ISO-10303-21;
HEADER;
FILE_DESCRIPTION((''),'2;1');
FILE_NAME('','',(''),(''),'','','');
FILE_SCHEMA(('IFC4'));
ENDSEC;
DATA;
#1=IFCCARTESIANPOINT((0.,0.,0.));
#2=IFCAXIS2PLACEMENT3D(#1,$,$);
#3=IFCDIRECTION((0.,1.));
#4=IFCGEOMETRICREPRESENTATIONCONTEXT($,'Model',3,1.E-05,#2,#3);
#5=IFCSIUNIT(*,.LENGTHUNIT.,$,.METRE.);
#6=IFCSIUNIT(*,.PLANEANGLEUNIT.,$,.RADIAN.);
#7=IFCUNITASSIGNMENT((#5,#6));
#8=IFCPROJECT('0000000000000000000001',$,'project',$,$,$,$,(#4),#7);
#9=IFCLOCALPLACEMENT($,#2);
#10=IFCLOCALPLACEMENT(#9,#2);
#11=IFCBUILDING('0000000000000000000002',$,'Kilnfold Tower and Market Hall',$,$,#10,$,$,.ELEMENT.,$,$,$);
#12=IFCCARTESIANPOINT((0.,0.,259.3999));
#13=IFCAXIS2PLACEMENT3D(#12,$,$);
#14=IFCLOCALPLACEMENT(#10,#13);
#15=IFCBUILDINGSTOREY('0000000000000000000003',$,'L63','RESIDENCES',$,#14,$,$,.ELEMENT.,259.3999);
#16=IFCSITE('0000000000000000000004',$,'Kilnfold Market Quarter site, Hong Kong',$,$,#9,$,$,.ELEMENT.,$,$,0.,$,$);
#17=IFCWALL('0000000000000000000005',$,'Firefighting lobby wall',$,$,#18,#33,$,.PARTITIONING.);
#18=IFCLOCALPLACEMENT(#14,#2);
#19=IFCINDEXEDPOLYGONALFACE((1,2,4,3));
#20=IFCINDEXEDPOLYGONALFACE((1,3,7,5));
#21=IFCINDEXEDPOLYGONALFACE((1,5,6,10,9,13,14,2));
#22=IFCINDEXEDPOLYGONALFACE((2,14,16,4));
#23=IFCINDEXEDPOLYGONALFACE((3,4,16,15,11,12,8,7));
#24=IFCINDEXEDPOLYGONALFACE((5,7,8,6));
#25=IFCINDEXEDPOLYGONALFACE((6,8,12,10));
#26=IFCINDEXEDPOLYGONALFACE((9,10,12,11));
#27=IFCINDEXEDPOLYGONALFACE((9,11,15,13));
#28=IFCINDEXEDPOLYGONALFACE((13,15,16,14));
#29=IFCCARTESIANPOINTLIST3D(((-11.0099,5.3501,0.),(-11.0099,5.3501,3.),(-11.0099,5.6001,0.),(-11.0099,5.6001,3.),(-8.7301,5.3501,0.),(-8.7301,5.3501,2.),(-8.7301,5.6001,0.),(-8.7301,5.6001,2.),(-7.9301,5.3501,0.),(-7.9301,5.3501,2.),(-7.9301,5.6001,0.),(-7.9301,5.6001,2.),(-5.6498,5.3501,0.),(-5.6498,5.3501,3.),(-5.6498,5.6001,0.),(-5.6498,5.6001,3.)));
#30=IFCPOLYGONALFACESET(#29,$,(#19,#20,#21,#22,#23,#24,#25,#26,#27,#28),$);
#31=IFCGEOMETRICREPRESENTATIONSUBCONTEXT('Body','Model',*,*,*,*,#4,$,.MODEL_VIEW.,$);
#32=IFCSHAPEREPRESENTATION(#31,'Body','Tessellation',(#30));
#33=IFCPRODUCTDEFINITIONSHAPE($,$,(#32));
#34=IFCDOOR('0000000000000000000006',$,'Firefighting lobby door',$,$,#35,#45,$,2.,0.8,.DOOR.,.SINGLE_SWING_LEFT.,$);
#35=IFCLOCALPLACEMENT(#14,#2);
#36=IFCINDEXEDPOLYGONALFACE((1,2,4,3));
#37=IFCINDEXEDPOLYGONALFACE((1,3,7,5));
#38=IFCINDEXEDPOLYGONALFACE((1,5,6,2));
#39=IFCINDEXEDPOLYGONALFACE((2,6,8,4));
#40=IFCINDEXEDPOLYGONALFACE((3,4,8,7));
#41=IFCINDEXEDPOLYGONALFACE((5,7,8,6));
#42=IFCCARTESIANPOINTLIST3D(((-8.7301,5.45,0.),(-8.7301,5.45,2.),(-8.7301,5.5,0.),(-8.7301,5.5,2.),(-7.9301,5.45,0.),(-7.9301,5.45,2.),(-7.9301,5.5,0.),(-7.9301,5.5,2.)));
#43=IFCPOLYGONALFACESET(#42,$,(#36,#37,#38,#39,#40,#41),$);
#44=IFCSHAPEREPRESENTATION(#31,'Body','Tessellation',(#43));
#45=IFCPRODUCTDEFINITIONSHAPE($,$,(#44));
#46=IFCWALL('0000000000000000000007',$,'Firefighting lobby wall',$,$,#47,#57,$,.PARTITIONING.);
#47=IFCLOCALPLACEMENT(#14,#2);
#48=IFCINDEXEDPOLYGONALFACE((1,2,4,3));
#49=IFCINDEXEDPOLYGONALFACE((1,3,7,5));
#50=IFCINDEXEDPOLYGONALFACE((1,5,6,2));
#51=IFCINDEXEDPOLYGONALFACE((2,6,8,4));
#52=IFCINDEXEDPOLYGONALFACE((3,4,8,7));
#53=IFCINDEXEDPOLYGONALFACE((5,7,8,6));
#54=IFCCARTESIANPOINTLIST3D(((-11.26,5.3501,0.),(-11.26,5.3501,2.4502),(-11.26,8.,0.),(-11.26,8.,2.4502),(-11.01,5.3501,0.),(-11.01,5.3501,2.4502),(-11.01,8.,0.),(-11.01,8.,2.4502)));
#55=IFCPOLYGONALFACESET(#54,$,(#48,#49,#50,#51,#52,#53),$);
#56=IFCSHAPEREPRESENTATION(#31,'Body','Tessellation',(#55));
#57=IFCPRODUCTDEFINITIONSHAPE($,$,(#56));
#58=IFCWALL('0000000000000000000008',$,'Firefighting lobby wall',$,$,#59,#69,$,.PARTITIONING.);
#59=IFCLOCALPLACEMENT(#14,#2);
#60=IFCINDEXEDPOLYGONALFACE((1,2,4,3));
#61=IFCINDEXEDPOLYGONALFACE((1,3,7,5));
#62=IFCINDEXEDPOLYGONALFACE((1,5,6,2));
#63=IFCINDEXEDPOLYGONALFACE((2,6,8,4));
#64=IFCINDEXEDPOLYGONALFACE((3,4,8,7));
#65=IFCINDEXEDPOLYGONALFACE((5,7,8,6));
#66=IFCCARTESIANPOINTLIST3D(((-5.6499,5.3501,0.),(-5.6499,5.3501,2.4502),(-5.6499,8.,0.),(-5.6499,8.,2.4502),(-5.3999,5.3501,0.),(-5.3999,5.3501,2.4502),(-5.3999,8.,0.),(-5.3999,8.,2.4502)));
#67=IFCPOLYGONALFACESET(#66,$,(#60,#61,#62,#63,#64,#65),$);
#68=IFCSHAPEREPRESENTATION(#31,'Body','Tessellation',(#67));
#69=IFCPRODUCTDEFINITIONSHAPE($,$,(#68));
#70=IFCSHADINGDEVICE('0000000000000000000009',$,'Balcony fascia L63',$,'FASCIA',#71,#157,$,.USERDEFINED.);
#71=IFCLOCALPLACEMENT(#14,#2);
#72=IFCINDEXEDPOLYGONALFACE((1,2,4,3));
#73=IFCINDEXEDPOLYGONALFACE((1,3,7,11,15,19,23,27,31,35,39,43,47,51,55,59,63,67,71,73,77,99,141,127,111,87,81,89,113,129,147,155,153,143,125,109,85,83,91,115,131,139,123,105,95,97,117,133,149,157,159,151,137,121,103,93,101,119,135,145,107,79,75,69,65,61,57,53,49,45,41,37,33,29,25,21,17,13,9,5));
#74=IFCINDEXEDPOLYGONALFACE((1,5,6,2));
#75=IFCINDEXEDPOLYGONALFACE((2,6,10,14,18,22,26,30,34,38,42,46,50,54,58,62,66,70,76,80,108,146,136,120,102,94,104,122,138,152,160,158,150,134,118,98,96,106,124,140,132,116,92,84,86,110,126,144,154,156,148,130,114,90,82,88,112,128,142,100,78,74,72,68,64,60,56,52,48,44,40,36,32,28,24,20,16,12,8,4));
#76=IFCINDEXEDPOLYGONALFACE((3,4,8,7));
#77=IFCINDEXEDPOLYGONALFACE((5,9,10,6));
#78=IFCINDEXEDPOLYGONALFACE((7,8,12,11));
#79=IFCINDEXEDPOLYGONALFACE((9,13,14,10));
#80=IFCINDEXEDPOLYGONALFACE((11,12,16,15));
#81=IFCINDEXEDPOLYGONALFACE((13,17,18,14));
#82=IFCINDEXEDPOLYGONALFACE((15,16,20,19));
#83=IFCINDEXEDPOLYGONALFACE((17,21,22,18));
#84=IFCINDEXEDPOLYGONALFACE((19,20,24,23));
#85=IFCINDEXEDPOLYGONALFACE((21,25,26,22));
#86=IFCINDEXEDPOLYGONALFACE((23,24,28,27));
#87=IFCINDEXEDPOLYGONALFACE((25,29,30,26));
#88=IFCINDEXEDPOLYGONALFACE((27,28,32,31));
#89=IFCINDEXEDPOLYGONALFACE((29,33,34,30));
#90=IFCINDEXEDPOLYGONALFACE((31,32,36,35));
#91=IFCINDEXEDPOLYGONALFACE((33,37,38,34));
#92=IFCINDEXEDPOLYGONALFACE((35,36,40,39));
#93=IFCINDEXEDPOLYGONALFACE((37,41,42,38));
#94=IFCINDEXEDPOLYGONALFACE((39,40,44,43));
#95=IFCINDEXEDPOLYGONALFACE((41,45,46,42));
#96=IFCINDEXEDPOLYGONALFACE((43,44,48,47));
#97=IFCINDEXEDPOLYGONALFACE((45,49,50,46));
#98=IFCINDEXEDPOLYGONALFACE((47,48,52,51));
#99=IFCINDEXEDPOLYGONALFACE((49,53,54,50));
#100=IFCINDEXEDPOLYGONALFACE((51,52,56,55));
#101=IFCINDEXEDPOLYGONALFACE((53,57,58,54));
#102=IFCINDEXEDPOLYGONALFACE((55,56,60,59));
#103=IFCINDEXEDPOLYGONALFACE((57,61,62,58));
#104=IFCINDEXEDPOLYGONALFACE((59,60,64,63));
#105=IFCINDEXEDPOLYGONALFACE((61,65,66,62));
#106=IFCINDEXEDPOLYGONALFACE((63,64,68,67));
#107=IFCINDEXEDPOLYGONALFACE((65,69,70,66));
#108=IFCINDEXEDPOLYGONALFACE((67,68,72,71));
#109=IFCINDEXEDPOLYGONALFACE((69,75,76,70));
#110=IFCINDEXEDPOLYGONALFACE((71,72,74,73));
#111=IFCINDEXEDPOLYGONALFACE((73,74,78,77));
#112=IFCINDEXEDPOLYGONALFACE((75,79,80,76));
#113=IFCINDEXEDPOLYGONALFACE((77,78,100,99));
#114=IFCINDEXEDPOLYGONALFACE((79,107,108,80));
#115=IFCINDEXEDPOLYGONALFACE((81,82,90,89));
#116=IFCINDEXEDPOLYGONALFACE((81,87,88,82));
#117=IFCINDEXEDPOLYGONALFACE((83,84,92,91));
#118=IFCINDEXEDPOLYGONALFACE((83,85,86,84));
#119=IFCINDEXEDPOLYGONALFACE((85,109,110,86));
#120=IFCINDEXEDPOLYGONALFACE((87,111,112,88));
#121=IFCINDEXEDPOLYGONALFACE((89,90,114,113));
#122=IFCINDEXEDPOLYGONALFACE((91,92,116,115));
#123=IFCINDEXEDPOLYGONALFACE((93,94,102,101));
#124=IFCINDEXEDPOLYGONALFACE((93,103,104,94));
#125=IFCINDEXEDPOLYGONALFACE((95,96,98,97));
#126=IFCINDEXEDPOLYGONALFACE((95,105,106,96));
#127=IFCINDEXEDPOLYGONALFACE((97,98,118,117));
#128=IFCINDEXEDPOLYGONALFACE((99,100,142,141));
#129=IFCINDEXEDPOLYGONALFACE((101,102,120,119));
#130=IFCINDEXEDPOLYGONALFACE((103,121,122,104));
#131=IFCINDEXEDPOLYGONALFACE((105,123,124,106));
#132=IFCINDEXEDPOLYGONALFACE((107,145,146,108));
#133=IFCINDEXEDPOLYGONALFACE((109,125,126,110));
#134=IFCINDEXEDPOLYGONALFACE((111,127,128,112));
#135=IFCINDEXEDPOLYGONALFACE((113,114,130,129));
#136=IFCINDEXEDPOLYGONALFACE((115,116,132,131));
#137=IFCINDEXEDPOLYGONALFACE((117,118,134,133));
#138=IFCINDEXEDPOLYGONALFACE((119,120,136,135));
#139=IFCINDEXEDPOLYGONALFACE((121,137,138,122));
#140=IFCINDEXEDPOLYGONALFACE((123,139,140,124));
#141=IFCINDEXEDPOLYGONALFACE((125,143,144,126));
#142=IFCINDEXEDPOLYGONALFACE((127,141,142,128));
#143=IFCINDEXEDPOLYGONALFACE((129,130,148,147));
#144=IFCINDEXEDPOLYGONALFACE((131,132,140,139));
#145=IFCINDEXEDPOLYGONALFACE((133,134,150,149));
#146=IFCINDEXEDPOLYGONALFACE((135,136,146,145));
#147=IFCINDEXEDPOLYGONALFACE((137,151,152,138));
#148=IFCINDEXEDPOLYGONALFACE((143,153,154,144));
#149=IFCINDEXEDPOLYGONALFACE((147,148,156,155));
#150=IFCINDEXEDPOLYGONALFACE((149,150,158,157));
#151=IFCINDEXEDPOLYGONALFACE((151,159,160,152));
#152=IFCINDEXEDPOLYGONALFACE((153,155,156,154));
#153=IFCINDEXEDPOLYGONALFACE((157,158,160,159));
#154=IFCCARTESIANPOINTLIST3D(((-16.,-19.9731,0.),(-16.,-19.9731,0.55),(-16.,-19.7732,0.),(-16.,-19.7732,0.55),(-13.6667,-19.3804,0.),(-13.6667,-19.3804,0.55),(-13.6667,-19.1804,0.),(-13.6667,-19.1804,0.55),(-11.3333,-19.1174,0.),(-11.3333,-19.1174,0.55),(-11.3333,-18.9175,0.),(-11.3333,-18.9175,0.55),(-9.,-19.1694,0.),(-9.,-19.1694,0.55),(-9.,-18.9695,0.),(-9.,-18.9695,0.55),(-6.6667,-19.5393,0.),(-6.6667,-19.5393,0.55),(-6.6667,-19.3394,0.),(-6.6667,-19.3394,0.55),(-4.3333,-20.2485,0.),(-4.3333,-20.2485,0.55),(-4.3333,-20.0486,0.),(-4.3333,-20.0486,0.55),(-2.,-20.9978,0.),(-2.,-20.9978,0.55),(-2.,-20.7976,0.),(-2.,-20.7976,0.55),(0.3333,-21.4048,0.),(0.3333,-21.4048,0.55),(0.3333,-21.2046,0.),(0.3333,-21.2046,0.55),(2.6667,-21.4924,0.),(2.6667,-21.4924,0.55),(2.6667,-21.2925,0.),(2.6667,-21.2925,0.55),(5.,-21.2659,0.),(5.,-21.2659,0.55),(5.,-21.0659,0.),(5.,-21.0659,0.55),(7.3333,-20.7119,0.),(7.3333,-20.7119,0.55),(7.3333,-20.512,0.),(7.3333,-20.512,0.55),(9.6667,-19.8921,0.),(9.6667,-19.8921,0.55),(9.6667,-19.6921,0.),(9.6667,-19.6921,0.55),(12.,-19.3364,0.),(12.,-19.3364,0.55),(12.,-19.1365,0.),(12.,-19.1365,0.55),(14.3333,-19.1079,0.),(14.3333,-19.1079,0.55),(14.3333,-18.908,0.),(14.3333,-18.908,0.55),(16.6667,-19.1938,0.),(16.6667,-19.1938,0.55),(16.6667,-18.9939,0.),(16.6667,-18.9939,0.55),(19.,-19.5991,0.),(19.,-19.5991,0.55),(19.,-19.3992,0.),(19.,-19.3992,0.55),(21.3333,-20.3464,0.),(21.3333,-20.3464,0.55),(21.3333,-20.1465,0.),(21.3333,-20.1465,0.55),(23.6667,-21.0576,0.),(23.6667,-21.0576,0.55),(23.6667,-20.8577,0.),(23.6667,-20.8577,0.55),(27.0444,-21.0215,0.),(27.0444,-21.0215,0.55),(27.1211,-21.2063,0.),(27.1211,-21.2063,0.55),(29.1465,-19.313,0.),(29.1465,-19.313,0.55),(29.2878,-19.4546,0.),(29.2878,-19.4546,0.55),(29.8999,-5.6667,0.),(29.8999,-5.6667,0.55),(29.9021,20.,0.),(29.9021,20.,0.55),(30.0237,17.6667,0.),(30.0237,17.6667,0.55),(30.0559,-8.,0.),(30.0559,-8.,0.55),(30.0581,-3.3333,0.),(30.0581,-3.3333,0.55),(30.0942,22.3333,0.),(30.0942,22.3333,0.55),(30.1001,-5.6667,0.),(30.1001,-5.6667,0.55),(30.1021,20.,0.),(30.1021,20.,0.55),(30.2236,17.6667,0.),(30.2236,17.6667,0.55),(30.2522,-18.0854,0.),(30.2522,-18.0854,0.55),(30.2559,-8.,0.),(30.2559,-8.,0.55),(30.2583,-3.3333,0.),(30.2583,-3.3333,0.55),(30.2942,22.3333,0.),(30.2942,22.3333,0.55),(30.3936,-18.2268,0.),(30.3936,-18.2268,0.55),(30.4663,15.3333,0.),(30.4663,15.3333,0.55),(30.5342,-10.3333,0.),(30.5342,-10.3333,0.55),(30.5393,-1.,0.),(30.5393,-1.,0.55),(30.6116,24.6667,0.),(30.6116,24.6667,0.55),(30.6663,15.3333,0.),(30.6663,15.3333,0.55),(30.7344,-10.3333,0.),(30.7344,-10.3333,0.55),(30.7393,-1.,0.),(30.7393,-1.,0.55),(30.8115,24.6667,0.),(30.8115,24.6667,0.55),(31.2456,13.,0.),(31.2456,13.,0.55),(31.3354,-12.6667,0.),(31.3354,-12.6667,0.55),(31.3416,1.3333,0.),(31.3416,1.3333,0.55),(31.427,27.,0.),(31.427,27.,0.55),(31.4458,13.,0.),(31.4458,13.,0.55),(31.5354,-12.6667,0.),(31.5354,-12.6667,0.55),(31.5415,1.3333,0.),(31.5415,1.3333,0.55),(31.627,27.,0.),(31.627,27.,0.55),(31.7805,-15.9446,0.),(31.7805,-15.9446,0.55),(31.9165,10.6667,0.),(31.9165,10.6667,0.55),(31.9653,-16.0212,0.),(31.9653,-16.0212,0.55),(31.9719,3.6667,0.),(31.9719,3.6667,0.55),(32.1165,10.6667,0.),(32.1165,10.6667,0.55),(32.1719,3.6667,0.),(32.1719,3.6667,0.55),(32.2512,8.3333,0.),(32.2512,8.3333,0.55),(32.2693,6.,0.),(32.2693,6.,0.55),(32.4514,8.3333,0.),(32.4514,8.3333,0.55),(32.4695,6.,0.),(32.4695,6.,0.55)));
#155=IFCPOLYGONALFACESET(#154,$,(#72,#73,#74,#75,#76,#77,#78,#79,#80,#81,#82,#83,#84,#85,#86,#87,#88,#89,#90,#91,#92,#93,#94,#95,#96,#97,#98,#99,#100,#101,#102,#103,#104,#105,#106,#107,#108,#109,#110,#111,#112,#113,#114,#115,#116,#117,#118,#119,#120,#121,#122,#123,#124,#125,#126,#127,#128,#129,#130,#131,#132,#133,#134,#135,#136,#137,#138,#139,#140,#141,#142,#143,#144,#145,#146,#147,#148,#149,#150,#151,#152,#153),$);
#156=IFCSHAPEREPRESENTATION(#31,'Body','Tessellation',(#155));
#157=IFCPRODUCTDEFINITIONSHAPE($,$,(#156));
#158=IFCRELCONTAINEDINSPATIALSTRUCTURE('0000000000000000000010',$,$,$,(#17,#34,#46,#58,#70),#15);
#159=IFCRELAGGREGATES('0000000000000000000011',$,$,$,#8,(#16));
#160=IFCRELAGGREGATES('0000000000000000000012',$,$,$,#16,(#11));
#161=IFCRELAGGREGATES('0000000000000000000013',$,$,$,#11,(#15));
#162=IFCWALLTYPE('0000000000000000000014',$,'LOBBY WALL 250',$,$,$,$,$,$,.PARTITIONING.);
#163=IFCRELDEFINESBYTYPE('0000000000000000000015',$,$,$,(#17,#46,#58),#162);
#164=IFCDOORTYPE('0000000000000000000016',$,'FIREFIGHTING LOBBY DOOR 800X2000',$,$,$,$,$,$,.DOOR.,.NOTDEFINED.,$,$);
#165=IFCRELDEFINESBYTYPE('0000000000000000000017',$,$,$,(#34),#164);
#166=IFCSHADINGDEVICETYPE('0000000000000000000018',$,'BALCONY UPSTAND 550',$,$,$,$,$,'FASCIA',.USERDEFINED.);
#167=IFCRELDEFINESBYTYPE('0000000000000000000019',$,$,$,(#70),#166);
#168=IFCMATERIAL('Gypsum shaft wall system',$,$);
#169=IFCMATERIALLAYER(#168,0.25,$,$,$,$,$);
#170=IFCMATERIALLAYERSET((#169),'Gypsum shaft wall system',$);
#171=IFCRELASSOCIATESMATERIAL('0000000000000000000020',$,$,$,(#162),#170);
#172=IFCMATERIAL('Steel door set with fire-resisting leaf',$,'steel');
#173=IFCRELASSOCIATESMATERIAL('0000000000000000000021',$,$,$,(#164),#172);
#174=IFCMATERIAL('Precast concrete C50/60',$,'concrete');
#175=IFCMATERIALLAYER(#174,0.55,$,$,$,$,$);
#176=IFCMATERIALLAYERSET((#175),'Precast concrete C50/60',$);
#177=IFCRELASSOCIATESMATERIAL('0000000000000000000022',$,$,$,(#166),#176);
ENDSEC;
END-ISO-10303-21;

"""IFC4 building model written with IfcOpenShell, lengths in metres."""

from ifc_helpers import new_model, si_unit, direction, frame, frame_2d, origin, place, context, subcontext, project, spatial, polyline, rectangle, outline, extrude, source, transform, mapped, material, layer, layer_set, type_object, element, fill, save


model = new_model("IFC4")

# Units and contexts
model_context = context("Model", 3, precision=1e-05, world=origin(), true_north=direction((0.0, 1.0)))
body_context = subcontext(model_context, "Body", "Model", "MODEL_VIEW")
ifc_project = project(units=[si_unit("LENGTHUNIT", "METRE"), si_unit("PLANEANGLEUNIT", "RADIAN")], contexts=[model_context])

# Site, building, storey
site_placement = place(None, origin())
site = spatial("IfcSite", under=ifc_project, at=site_placement, Name="Kilnfold Market Quarter site, Hong Kong", CompositionType="ELEMENT", RefElevation=0.0)
building_placement = place(site_placement, origin())
building = spatial("IfcBuilding", under=site, at=building_placement, Name="Kilnfold Tower and Market Hall", CompositionType="ELEMENT")
storey_placement = place(building_placement, frame((0.0, 0.0, 259.3999)))
storey = spatial("IfcBuildingStorey", under=building, at=storey_placement, Name="L63", Description="RESIDENCES", CompositionType="ELEMENT", Elevation=259.3999)

# Wall, opening, door
ifc_material_1 = material(Name="Gypsum shaft wall system")
ifc_layer_1 = layer(ifc_material_1, 0.25)
ifc_layer_set_1 = layer_set([ifc_layer_1], Name="Gypsum shaft wall system")
wall_type_1 = type_object("IfcWallType", Name="LOBBY WALL 250", PredefinedType="PARTITIONING", material=ifc_layer_set_1)
shared_shape_1 = source(origin(), body_context, "Body", "SweptSolid", [
    extrude(rectangle(XDim=5.3601, YDim=0.25, at=frame_2d((2.6802, 0.0))), origin(), (0.0, 0.0, 1.0), 3.0),
])
wall_1_placement = place(storey_placement, frame((-11.01, 5.4751, 0.0), z_axis=(0.0, 0.0, 1.0), x_axis=(1.0, 0.0, 0.0)))
wall_1 = element("IfcWall", 1, at=wall_1_placement, inside=storey, type_object=wall_type_1, Name="Firefighting lobby wall", PredefinedType="PARTITIONING", context=body_context, shape_type="MappedRepresentation", body=[
    mapped(shared_shape_1, transform((0.0, 0.0, 0.0))),
])
opening_1_placement = place(wall_1_placement, frame((2.28, 0.0, 0.0)))
opening_1 = element("IfcOpeningElement", 2, at=opening_1_placement, cuts=wall_1, PredefinedType="OPENING", context=body_context, shape_type="SweptSolid", body=[
    extrude(rectangle(XDim=0.8, YDim=2.0, at=frame_2d((0.3999, 1.0))), frame((0.0, 0.135, 0.0), z_axis=(0.0, -1.0, 0.0), x_axis=(1.0, 0.0, 0.0)), (0.0, 0.0, 1.0), 0.27),
])
ifc_material_2 = material(Name="Steel door set with fire-resisting leaf", Category="steel")
door_type_1 = type_object("IfcDoorType", Name="FIREFIGHTING LOBBY DOOR 800X2000", OperationType="NOTDEFINED", PredefinedType="DOOR", material=ifc_material_2)
door_1_placement = place(opening_1_placement, origin())
door_1 = element("IfcDoor", 3, at=door_1_placement, inside=storey, type_object=door_type_1, Name="Firefighting lobby door", OperationType="SINGLE_SWING_LEFT", OverallHeight=2.0, OverallWidth=0.8, PredefinedType="DOOR", context=body_context, shape_type="SweptSolid", body=[
    extrude(rectangle(XDim=0.8, YDim=2.0, at=frame_2d((0.3999, 1.0))), frame((0.0, 0.0249, 0.0), z_axis=(0.0, -1.0, 0.0), x_axis=(1.0, 0.0, 0.0)), (0.0, 0.0, 1.0), 0.05),
])
fill(opening_1, door_1)

# Walls
shared_shape_2 = source(origin(), body_context, "Body", "SweptSolid", [
    extrude(rectangle(XDim=2.6499, YDim=0.25, at=frame_2d((1.325, 0.0))), origin(), (0.0, 0.0, 1.0), 2.4502),
])
for number, where, z_axis, x_axis, name in (
    (4, (-11.135, 5.3501, 0.0), (0.0, 0.0, 1.0), (0.0, 1.0, 0.0), "Firefighting lobby wall"),
    (5, (-5.5249, 5.3501, 0.0), (0.0, 0.0, 1.0), (0.0, 1.0, 0.0), "Firefighting lobby wall"),
):
    element("IfcWall", number, at=place(storey_placement, frame(where, z_axis=z_axis, x_axis=x_axis)), inside=storey, type_object=wall_type_1, Name=name, PredefinedType="PARTITIONING", context=body_context, shape_type="MappedRepresentation", body=[
        mapped(shared_shape_2, transform((0.0, 0.0, 0.0))),
    ])

# Shading device
ifc_material_3 = material(Name="Precast concrete C50/60", Category="concrete")
ifc_layer_2 = layer(ifc_material_3, 0.55)
ifc_layer_set_2 = layer_set([ifc_layer_2], Name="Precast concrete C50/60")
shading_device_type_1 = type_object("IfcShadingDeviceType", Name="BALCONY UPSTAND 550", ElementType="FASCIA", PredefinedType="USERDEFINED", material=ifc_layer_set_2)
shared_shape_3 = source(origin(), body_context, "Body", "SweptSolid", [
    extrude(outline(polyline([(-16.0, -19.9731), (-13.6667, -19.3804), (-11.3333, -19.1174), (-9.0, -19.1694), (-6.6667, -19.5393), (-4.3333, -20.2485), (-2.0, -20.9978), (0.3333, -21.4048), (2.6667, -21.4924), (5.0, -21.2659), (7.3333, -20.7119), (9.6667, -19.8921), (12.0, -19.3364), (14.3333, -19.1079), (16.6667, -19.1938), (19.0, -19.5991), (21.3333, -20.3464), (23.6667, -21.0576), (27.1211, -21.2063), (29.2878, -19.4546), (30.3936, -18.2268), (31.9653, -16.0212), (31.5354, -12.6667), (30.7344, -10.3333), (30.2559, -8.0), (30.1001, -5.6667), (30.2583, -3.3333), (30.7393, -1.0), (31.5415, 1.3333), (32.1719, 3.6667), (32.4695, 6.0), (32.4514, 8.3333), (32.1165, 10.6667), (31.4458, 13.0), (30.6663, 15.3333), (30.2236, 17.6667), (30.1021, 20.0), (30.2942, 22.3333), (30.8115, 24.6667), (31.627, 27.0), (31.427, 27.0), (30.6116, 24.6667), (30.0942, 22.3333), (29.9021, 20.0), (30.0237, 17.6667), (30.4663, 15.3333), (31.2456, 13.0), (31.9165, 10.6667), (32.2512, 8.3333), (32.2693, 6.0), (31.9719, 3.6667), (31.3416, 1.3333), (30.5393, -1.0), (30.0581, -3.3333), (29.8999, -5.6667), (30.0559, -8.0), (30.5342, -10.3333), (31.3354, -12.6667), (31.7805, -15.9446), (30.2522, -18.0854), (29.1465, -19.313), (27.0444, -21.0215), (23.6667, -20.8577), (21.3333, -20.1465), (19.0, -19.3992), (16.6667, -18.9939), (14.3333, -18.908), (12.0, -19.1365), (9.6667, -19.6921), (7.3333, -20.512), (5.0, -21.0659), (2.6667, -21.2925), (0.3333, -21.2046), (-2.0, -20.7976), (-4.3333, -20.0486), (-6.6667, -19.3394), (-9.0, -18.9695), (-11.3333, -18.9175), (-13.6667, -19.1804), (-16.0, -19.7732), (-16.0, -19.9731)])), origin(), (0.0, 0.0, 1.0), 0.55),
])
shading_device_1_placement = place(storey_placement, origin())
element("IfcShadingDevice", 6, at=shading_device_1_placement, inside=storey, type_object=shading_device_type_1, Name="Balcony fascia L63", ObjectType="FASCIA", PredefinedType="USERDEFINED", context=body_context, shape_type="MappedRepresentation", body=[
    mapped(shared_shape_3, transform((0.0, 0.0, 0.0))),
])

save(model, "model.ifc")
